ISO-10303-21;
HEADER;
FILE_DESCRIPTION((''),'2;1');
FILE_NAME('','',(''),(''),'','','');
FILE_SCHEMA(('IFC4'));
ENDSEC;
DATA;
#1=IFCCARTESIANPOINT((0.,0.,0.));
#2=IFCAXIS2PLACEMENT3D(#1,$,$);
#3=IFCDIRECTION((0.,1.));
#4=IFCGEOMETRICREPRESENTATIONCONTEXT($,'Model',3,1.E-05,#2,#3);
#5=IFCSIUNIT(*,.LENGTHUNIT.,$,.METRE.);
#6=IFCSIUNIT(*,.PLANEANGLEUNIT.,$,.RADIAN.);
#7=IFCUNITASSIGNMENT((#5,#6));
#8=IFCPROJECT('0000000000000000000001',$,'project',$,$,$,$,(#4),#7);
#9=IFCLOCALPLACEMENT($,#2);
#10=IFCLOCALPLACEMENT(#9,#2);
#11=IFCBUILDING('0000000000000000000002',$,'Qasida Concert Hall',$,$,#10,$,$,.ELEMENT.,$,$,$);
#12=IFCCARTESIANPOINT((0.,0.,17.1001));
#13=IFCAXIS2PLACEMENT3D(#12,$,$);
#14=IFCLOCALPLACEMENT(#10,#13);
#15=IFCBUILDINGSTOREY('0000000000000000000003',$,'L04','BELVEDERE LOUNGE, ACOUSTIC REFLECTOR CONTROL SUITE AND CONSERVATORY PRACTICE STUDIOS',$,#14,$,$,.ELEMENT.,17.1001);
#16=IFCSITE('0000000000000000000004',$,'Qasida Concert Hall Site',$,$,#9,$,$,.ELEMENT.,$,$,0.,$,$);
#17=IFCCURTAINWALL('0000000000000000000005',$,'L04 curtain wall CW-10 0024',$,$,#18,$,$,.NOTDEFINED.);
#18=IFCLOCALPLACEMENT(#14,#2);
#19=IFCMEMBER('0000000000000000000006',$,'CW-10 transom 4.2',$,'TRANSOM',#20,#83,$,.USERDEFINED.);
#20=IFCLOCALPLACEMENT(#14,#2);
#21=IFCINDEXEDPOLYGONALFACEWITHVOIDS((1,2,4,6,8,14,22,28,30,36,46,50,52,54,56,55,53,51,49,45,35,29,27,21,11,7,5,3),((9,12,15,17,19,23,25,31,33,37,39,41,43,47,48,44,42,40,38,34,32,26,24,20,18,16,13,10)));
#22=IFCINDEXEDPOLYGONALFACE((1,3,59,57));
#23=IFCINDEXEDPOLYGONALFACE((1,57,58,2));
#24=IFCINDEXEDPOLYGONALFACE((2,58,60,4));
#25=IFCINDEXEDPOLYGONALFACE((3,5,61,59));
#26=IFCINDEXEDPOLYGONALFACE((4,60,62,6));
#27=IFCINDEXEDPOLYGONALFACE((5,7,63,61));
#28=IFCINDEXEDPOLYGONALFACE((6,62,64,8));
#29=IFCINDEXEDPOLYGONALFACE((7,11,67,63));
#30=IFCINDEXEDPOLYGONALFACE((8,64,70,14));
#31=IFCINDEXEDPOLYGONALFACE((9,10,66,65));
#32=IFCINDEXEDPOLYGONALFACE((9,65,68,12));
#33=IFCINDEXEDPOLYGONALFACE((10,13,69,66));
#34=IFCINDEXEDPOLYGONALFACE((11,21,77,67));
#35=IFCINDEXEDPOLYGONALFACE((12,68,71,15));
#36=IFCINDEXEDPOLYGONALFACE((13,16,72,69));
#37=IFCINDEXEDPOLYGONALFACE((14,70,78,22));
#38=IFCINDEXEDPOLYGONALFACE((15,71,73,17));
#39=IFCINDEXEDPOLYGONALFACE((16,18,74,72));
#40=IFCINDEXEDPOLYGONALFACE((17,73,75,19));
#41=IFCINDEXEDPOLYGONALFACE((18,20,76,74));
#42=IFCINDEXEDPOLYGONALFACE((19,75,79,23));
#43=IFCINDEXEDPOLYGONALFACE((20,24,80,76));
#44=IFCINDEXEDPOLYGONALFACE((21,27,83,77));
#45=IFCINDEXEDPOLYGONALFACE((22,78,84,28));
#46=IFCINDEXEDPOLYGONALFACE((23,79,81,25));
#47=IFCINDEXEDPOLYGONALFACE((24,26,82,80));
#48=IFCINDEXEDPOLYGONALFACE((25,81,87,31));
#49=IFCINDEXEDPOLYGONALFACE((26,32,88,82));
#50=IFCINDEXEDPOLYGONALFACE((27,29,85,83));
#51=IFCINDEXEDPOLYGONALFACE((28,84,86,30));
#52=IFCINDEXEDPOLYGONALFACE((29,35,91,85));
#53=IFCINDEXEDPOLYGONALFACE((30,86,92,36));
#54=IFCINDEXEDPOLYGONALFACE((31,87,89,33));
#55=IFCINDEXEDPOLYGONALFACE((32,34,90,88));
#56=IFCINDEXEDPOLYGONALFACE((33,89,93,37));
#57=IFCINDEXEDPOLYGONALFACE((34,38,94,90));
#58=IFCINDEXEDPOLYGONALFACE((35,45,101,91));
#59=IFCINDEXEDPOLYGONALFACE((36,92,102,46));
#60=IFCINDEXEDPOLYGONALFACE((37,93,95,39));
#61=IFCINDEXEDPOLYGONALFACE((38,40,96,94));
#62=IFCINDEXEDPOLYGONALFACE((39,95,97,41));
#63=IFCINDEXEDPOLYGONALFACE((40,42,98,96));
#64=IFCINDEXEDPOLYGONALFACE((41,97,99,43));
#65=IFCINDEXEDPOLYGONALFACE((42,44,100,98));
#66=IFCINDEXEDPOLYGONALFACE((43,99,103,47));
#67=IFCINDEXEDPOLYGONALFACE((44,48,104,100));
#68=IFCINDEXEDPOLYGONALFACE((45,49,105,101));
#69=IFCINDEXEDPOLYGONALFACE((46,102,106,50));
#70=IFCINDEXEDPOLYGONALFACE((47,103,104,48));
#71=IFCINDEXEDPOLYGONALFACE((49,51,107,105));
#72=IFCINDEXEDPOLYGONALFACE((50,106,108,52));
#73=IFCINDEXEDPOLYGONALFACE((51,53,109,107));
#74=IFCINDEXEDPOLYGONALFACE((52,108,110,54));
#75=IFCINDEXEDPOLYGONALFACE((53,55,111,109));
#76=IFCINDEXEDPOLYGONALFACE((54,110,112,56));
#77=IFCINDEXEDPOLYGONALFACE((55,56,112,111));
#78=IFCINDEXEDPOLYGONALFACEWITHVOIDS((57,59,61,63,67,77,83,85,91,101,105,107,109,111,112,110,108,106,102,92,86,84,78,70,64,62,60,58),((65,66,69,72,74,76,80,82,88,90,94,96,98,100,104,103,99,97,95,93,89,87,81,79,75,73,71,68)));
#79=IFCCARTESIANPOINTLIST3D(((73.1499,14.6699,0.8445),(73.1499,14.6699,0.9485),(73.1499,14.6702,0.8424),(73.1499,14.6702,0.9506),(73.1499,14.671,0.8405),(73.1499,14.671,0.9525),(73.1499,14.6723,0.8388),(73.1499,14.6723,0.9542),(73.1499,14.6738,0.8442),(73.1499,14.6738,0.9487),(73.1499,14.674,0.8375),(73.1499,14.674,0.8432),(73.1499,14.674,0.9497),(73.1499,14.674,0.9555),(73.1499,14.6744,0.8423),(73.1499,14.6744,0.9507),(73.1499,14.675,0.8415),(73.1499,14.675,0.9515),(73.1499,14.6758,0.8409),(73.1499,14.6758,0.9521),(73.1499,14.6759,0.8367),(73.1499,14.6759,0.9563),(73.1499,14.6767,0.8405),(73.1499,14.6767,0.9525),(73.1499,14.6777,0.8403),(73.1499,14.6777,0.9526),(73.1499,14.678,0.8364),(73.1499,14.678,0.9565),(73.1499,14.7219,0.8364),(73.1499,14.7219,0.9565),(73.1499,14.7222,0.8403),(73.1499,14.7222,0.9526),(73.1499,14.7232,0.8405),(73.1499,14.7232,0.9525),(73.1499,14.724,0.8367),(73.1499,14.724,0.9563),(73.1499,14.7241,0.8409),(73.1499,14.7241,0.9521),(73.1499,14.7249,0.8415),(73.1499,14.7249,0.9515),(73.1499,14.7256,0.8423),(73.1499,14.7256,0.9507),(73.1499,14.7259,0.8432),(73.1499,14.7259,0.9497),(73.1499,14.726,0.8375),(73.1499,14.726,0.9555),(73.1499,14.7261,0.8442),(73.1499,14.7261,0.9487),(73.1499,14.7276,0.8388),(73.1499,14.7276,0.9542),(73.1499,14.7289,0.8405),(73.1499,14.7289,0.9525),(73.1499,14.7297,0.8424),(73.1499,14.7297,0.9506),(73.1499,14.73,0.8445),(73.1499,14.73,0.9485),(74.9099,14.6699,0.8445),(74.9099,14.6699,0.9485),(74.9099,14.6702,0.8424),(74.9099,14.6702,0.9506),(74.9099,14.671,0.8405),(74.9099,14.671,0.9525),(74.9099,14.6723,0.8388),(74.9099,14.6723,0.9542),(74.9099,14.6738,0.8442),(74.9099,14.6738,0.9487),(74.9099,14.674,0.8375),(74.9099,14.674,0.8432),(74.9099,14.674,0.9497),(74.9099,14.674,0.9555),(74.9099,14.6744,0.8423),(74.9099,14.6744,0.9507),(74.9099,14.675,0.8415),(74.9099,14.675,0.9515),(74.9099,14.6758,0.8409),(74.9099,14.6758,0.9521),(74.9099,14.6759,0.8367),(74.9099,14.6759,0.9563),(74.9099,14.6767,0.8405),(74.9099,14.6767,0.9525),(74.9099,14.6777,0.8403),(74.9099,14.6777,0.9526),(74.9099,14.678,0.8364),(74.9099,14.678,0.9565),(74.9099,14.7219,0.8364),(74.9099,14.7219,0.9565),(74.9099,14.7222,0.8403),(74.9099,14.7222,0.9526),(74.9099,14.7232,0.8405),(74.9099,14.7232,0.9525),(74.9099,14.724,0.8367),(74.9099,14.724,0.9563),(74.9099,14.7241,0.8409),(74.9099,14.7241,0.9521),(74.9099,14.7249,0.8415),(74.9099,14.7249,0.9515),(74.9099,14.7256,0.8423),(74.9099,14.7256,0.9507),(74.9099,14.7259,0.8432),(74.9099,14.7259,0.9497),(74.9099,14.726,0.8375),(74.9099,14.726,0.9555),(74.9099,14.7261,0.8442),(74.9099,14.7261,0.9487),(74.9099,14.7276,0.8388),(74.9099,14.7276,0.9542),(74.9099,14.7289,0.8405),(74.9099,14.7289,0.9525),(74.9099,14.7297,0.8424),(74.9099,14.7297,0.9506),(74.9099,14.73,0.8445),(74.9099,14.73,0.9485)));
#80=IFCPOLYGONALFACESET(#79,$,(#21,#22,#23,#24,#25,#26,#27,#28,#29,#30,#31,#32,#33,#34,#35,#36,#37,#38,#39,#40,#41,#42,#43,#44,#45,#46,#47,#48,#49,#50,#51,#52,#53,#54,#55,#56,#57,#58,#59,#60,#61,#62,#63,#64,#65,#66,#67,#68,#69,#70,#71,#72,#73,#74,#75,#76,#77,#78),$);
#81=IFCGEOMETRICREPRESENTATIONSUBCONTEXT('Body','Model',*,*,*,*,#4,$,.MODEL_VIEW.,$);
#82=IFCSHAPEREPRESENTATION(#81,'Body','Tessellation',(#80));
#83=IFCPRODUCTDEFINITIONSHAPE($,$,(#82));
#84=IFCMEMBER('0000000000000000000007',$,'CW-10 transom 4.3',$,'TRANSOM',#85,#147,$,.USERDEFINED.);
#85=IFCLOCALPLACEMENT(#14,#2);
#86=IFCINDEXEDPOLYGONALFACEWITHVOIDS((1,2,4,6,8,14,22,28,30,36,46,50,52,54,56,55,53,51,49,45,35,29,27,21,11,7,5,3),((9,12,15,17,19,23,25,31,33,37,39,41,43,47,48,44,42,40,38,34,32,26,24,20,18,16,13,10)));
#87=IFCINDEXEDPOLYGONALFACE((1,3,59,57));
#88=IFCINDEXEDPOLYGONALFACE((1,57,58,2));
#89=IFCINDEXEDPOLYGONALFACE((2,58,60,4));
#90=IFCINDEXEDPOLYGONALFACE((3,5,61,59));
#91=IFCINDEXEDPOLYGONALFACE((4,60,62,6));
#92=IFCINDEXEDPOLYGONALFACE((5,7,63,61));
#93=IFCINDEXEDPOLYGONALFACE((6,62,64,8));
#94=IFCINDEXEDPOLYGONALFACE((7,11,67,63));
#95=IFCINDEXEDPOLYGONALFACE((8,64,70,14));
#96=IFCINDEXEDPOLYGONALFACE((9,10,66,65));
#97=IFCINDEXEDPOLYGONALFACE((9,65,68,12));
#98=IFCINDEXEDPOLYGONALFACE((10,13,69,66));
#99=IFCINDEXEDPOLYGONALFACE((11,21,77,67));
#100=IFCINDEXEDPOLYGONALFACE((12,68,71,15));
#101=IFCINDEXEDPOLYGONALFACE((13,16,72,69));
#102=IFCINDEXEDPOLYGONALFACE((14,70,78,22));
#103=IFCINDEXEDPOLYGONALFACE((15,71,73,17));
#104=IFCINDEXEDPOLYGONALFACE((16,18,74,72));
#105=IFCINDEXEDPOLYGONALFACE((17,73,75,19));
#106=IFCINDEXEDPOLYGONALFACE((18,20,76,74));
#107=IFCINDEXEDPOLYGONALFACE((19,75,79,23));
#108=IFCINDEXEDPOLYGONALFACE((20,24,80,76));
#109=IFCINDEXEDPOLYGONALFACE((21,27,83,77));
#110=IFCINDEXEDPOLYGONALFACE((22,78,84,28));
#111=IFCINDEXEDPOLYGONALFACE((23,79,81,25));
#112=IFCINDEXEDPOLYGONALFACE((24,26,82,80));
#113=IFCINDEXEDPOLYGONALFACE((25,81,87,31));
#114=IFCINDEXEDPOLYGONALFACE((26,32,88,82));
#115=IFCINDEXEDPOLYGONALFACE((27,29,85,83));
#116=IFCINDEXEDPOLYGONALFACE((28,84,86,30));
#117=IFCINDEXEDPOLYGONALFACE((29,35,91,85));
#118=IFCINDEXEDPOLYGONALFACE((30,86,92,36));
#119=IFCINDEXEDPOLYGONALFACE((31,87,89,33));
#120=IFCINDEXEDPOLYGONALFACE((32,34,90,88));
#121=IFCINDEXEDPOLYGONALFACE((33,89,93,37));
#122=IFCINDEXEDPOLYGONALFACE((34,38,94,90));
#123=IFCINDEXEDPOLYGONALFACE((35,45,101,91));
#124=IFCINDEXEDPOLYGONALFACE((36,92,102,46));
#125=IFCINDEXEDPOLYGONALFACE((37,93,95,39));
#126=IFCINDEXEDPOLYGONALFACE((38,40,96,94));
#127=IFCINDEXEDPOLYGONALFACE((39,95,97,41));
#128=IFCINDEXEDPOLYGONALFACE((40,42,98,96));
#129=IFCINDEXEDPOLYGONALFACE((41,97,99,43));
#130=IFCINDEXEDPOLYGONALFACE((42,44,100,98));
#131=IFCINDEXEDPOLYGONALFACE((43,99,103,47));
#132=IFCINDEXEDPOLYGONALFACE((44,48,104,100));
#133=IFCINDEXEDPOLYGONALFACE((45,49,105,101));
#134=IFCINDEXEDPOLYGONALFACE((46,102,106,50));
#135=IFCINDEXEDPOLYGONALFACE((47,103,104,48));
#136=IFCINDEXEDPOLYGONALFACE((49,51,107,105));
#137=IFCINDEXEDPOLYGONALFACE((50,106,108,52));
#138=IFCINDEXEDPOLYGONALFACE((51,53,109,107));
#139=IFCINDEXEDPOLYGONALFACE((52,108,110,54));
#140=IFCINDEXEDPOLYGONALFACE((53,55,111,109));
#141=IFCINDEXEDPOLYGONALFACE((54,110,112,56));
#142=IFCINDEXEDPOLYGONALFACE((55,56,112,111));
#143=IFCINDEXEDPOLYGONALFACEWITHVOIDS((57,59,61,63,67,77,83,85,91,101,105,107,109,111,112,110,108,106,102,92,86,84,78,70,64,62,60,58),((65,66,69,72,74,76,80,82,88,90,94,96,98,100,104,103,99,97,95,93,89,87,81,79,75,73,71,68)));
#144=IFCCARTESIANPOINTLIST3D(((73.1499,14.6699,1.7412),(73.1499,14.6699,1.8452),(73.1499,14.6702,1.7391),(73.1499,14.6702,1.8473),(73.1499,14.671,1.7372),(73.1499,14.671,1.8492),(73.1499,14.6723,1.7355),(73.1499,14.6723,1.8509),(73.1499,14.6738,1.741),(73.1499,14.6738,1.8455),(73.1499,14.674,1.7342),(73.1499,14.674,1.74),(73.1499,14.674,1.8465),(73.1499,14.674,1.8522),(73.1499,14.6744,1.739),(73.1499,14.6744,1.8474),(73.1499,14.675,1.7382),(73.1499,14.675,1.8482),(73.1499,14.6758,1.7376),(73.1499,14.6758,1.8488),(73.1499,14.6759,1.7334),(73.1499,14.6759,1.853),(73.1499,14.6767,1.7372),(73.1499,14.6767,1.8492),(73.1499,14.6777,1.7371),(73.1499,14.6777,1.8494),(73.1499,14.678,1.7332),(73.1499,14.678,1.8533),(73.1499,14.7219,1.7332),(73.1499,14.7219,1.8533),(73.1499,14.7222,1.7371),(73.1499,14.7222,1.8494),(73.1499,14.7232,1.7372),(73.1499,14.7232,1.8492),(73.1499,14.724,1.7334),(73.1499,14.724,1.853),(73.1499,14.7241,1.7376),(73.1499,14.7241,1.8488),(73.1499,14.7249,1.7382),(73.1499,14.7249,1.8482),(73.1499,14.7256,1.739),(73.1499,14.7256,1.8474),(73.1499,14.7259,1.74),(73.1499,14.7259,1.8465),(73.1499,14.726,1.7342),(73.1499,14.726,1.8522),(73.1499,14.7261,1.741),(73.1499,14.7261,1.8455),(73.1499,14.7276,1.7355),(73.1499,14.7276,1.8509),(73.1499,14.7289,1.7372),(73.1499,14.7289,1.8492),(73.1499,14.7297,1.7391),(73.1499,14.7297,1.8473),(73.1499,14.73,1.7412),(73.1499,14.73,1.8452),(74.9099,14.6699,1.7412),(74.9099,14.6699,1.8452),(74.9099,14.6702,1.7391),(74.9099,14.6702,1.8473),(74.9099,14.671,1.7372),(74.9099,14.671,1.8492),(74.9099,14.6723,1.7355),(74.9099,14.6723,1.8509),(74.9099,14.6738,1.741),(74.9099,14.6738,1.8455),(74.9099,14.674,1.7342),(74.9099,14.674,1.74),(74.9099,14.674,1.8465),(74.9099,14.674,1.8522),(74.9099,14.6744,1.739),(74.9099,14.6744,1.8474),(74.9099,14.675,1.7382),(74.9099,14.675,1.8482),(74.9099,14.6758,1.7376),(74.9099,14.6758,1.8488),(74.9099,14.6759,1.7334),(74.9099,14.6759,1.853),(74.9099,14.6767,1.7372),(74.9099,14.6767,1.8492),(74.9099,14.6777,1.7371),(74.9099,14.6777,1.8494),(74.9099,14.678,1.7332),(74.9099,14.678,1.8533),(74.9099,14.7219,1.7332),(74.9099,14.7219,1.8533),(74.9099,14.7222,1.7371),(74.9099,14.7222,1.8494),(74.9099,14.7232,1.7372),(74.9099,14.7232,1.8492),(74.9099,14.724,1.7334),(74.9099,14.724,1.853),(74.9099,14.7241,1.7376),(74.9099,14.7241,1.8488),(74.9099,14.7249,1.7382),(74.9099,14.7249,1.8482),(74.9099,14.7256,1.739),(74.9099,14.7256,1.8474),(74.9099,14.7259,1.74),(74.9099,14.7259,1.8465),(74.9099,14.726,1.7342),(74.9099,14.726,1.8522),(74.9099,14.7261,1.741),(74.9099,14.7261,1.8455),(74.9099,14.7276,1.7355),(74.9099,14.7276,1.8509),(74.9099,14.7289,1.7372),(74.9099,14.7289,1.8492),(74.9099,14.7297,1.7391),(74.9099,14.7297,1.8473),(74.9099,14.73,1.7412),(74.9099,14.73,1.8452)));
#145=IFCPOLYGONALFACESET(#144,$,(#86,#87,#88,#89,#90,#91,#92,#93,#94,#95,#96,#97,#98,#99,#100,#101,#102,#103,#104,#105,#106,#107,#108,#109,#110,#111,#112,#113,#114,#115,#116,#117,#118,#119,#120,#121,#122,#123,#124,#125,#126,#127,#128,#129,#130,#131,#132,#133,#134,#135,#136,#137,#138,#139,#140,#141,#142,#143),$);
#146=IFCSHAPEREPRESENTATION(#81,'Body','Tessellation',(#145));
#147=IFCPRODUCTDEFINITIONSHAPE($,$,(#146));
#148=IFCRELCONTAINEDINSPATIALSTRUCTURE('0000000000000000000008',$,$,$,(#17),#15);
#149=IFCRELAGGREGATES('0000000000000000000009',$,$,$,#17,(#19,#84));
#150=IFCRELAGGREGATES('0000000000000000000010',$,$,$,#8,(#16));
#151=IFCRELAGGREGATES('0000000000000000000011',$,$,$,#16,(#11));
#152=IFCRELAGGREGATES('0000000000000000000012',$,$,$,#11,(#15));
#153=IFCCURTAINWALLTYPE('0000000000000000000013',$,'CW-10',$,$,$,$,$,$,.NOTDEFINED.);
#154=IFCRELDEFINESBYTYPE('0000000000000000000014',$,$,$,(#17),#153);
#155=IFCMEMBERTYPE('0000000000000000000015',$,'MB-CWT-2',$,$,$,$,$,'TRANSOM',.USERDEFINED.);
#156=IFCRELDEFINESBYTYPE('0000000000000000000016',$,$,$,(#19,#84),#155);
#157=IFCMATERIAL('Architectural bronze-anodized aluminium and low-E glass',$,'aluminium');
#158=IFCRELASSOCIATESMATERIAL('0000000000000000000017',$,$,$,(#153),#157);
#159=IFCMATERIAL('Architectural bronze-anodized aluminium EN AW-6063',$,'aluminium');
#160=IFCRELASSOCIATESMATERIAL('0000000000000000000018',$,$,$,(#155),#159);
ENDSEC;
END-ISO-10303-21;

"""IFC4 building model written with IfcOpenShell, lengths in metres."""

from ifc_helpers import new_model, si_unit, direction, frame, origin, origin_2d, place, context, subcontext, project, spatial, hollow_rectangle, extrude, material, material_profile, profile_set, type_object, element, aggregate, save


model = new_model("IFC4")

# Units and contexts
model_context = context("Model", 3, precision=1e-05, world=origin(), true_north=direction((0.0, 1.0)))
body_context = subcontext(model_context, "Body", "Model", "MODEL_VIEW")
ifc_project = project(units=[si_unit("LENGTHUNIT", "METRE"), si_unit("PLANEANGLEUNIT", "RADIAN")], contexts=[model_context])

# Site, building, storey
site_placement = place(None, origin())
site = spatial("IfcSite", under=ifc_project, at=site_placement, Name="Qasida Concert Hall Site", CompositionType="ELEMENT", RefElevation=0.0)
building_placement = place(site_placement, origin())
building = spatial("IfcBuilding", under=site, at=building_placement, Name="Qasida Concert Hall", CompositionType="ELEMENT")
storey_placement = place(building_placement, frame((0.0, 0.0, 17.1001)))
storey = spatial("IfcBuildingStorey", under=building, at=storey_placement, Name="L04", Description="BELVEDERE LOUNGE, ACOUSTIC REFLECTOR CONTROL SUITE AND CONSERVATORY PRACTICE STUDIOS", CompositionType="ELEMENT", Elevation=17.1001)

# Curtain wall
ifc_material_1 = material(Name="Architectural bronze-anodized aluminium and low-E glass", Category="aluminium")
curtain_wall_type = type_object("IfcCurtainWallType", Name="CW-10", PredefinedType="NOTDEFINED", material=ifc_material_1)
curtain_wall_1_placement = place(storey_placement, origin())
curtain_wall_1 = element("IfcCurtainWall", 1, at=curtain_wall_1_placement, inside=storey, type_object=curtain_wall_type, Name="L04 curtain wall CW-10 0024", PredefinedType="NOTDEFINED")
ifc_material_2 = material(Name="Architectural bronze-anodized aluminium EN AW-6063", Category="aluminium")

# Members
ifc_material_profile_1 = material_profile(ifc_material_2, hollow_rectangle(XDim=0.0601, YDim=0.1201, WallThickness=0.0039, InnerFilletRadius=0.0039, OuterFilletRadius=0.0081, at=origin_2d()), Name="CWT 120x60x4")
ifc_profile_set_1 = profile_set([ifc_material_profile_1], Name="Architectural bronze-anodized aluminium EN AW-6063")
member_type_1 = type_object("IfcMemberType", Name="MB-CWT-2", ElementType="TRANSOM", PredefinedType="USERDEFINED", material=ifc_profile_set_1)
member_1_placement = place(storey_placement, frame((73.1499, 14.7, 0.8965), z_axis=(1.0, 0.0, 0.0), x_axis=(0.0, 1.0, 0.0)))
member_1 = element("IfcMember", 2, at=member_1_placement, type_object=member_type_1, Name="CW-10 transom 4.2", ObjectType="TRANSOM", PredefinedType="USERDEFINED", context=body_context, shape_type="SweptSolid", body=[
    extrude(hollow_rectangle(XDim=0.0601, YDim=0.1201, WallThickness=0.0039, InnerFilletRadius=0.0039, OuterFilletRadius=0.0081, at=origin_2d()), origin(), (0.0, 0.0, 1.0), 1.76),
])
member_2_placement = place(storey_placement, frame((73.1499, 14.7, 1.7932), z_axis=(1.0, 0.0, 0.0), x_axis=(0.0, 1.0, 0.0)))
member_2 = element("IfcMember", 3, at=member_2_placement, type_object=member_type_1, Name="CW-10 transom 4.3", ObjectType="TRANSOM", PredefinedType="USERDEFINED", context=body_context, shape_type="SweptSolid", body=[
    extrude(hollow_rectangle(XDim=0.0601, YDim=0.1201, WallThickness=0.0039, InnerFilletRadius=0.0039, OuterFilletRadius=0.0081, at=origin_2d()), origin(), (0.0, 0.0, 1.0), 1.76),
])

aggregate(curtain_wall_1, [member_1, member_2])

save(model, "model.ifc")
